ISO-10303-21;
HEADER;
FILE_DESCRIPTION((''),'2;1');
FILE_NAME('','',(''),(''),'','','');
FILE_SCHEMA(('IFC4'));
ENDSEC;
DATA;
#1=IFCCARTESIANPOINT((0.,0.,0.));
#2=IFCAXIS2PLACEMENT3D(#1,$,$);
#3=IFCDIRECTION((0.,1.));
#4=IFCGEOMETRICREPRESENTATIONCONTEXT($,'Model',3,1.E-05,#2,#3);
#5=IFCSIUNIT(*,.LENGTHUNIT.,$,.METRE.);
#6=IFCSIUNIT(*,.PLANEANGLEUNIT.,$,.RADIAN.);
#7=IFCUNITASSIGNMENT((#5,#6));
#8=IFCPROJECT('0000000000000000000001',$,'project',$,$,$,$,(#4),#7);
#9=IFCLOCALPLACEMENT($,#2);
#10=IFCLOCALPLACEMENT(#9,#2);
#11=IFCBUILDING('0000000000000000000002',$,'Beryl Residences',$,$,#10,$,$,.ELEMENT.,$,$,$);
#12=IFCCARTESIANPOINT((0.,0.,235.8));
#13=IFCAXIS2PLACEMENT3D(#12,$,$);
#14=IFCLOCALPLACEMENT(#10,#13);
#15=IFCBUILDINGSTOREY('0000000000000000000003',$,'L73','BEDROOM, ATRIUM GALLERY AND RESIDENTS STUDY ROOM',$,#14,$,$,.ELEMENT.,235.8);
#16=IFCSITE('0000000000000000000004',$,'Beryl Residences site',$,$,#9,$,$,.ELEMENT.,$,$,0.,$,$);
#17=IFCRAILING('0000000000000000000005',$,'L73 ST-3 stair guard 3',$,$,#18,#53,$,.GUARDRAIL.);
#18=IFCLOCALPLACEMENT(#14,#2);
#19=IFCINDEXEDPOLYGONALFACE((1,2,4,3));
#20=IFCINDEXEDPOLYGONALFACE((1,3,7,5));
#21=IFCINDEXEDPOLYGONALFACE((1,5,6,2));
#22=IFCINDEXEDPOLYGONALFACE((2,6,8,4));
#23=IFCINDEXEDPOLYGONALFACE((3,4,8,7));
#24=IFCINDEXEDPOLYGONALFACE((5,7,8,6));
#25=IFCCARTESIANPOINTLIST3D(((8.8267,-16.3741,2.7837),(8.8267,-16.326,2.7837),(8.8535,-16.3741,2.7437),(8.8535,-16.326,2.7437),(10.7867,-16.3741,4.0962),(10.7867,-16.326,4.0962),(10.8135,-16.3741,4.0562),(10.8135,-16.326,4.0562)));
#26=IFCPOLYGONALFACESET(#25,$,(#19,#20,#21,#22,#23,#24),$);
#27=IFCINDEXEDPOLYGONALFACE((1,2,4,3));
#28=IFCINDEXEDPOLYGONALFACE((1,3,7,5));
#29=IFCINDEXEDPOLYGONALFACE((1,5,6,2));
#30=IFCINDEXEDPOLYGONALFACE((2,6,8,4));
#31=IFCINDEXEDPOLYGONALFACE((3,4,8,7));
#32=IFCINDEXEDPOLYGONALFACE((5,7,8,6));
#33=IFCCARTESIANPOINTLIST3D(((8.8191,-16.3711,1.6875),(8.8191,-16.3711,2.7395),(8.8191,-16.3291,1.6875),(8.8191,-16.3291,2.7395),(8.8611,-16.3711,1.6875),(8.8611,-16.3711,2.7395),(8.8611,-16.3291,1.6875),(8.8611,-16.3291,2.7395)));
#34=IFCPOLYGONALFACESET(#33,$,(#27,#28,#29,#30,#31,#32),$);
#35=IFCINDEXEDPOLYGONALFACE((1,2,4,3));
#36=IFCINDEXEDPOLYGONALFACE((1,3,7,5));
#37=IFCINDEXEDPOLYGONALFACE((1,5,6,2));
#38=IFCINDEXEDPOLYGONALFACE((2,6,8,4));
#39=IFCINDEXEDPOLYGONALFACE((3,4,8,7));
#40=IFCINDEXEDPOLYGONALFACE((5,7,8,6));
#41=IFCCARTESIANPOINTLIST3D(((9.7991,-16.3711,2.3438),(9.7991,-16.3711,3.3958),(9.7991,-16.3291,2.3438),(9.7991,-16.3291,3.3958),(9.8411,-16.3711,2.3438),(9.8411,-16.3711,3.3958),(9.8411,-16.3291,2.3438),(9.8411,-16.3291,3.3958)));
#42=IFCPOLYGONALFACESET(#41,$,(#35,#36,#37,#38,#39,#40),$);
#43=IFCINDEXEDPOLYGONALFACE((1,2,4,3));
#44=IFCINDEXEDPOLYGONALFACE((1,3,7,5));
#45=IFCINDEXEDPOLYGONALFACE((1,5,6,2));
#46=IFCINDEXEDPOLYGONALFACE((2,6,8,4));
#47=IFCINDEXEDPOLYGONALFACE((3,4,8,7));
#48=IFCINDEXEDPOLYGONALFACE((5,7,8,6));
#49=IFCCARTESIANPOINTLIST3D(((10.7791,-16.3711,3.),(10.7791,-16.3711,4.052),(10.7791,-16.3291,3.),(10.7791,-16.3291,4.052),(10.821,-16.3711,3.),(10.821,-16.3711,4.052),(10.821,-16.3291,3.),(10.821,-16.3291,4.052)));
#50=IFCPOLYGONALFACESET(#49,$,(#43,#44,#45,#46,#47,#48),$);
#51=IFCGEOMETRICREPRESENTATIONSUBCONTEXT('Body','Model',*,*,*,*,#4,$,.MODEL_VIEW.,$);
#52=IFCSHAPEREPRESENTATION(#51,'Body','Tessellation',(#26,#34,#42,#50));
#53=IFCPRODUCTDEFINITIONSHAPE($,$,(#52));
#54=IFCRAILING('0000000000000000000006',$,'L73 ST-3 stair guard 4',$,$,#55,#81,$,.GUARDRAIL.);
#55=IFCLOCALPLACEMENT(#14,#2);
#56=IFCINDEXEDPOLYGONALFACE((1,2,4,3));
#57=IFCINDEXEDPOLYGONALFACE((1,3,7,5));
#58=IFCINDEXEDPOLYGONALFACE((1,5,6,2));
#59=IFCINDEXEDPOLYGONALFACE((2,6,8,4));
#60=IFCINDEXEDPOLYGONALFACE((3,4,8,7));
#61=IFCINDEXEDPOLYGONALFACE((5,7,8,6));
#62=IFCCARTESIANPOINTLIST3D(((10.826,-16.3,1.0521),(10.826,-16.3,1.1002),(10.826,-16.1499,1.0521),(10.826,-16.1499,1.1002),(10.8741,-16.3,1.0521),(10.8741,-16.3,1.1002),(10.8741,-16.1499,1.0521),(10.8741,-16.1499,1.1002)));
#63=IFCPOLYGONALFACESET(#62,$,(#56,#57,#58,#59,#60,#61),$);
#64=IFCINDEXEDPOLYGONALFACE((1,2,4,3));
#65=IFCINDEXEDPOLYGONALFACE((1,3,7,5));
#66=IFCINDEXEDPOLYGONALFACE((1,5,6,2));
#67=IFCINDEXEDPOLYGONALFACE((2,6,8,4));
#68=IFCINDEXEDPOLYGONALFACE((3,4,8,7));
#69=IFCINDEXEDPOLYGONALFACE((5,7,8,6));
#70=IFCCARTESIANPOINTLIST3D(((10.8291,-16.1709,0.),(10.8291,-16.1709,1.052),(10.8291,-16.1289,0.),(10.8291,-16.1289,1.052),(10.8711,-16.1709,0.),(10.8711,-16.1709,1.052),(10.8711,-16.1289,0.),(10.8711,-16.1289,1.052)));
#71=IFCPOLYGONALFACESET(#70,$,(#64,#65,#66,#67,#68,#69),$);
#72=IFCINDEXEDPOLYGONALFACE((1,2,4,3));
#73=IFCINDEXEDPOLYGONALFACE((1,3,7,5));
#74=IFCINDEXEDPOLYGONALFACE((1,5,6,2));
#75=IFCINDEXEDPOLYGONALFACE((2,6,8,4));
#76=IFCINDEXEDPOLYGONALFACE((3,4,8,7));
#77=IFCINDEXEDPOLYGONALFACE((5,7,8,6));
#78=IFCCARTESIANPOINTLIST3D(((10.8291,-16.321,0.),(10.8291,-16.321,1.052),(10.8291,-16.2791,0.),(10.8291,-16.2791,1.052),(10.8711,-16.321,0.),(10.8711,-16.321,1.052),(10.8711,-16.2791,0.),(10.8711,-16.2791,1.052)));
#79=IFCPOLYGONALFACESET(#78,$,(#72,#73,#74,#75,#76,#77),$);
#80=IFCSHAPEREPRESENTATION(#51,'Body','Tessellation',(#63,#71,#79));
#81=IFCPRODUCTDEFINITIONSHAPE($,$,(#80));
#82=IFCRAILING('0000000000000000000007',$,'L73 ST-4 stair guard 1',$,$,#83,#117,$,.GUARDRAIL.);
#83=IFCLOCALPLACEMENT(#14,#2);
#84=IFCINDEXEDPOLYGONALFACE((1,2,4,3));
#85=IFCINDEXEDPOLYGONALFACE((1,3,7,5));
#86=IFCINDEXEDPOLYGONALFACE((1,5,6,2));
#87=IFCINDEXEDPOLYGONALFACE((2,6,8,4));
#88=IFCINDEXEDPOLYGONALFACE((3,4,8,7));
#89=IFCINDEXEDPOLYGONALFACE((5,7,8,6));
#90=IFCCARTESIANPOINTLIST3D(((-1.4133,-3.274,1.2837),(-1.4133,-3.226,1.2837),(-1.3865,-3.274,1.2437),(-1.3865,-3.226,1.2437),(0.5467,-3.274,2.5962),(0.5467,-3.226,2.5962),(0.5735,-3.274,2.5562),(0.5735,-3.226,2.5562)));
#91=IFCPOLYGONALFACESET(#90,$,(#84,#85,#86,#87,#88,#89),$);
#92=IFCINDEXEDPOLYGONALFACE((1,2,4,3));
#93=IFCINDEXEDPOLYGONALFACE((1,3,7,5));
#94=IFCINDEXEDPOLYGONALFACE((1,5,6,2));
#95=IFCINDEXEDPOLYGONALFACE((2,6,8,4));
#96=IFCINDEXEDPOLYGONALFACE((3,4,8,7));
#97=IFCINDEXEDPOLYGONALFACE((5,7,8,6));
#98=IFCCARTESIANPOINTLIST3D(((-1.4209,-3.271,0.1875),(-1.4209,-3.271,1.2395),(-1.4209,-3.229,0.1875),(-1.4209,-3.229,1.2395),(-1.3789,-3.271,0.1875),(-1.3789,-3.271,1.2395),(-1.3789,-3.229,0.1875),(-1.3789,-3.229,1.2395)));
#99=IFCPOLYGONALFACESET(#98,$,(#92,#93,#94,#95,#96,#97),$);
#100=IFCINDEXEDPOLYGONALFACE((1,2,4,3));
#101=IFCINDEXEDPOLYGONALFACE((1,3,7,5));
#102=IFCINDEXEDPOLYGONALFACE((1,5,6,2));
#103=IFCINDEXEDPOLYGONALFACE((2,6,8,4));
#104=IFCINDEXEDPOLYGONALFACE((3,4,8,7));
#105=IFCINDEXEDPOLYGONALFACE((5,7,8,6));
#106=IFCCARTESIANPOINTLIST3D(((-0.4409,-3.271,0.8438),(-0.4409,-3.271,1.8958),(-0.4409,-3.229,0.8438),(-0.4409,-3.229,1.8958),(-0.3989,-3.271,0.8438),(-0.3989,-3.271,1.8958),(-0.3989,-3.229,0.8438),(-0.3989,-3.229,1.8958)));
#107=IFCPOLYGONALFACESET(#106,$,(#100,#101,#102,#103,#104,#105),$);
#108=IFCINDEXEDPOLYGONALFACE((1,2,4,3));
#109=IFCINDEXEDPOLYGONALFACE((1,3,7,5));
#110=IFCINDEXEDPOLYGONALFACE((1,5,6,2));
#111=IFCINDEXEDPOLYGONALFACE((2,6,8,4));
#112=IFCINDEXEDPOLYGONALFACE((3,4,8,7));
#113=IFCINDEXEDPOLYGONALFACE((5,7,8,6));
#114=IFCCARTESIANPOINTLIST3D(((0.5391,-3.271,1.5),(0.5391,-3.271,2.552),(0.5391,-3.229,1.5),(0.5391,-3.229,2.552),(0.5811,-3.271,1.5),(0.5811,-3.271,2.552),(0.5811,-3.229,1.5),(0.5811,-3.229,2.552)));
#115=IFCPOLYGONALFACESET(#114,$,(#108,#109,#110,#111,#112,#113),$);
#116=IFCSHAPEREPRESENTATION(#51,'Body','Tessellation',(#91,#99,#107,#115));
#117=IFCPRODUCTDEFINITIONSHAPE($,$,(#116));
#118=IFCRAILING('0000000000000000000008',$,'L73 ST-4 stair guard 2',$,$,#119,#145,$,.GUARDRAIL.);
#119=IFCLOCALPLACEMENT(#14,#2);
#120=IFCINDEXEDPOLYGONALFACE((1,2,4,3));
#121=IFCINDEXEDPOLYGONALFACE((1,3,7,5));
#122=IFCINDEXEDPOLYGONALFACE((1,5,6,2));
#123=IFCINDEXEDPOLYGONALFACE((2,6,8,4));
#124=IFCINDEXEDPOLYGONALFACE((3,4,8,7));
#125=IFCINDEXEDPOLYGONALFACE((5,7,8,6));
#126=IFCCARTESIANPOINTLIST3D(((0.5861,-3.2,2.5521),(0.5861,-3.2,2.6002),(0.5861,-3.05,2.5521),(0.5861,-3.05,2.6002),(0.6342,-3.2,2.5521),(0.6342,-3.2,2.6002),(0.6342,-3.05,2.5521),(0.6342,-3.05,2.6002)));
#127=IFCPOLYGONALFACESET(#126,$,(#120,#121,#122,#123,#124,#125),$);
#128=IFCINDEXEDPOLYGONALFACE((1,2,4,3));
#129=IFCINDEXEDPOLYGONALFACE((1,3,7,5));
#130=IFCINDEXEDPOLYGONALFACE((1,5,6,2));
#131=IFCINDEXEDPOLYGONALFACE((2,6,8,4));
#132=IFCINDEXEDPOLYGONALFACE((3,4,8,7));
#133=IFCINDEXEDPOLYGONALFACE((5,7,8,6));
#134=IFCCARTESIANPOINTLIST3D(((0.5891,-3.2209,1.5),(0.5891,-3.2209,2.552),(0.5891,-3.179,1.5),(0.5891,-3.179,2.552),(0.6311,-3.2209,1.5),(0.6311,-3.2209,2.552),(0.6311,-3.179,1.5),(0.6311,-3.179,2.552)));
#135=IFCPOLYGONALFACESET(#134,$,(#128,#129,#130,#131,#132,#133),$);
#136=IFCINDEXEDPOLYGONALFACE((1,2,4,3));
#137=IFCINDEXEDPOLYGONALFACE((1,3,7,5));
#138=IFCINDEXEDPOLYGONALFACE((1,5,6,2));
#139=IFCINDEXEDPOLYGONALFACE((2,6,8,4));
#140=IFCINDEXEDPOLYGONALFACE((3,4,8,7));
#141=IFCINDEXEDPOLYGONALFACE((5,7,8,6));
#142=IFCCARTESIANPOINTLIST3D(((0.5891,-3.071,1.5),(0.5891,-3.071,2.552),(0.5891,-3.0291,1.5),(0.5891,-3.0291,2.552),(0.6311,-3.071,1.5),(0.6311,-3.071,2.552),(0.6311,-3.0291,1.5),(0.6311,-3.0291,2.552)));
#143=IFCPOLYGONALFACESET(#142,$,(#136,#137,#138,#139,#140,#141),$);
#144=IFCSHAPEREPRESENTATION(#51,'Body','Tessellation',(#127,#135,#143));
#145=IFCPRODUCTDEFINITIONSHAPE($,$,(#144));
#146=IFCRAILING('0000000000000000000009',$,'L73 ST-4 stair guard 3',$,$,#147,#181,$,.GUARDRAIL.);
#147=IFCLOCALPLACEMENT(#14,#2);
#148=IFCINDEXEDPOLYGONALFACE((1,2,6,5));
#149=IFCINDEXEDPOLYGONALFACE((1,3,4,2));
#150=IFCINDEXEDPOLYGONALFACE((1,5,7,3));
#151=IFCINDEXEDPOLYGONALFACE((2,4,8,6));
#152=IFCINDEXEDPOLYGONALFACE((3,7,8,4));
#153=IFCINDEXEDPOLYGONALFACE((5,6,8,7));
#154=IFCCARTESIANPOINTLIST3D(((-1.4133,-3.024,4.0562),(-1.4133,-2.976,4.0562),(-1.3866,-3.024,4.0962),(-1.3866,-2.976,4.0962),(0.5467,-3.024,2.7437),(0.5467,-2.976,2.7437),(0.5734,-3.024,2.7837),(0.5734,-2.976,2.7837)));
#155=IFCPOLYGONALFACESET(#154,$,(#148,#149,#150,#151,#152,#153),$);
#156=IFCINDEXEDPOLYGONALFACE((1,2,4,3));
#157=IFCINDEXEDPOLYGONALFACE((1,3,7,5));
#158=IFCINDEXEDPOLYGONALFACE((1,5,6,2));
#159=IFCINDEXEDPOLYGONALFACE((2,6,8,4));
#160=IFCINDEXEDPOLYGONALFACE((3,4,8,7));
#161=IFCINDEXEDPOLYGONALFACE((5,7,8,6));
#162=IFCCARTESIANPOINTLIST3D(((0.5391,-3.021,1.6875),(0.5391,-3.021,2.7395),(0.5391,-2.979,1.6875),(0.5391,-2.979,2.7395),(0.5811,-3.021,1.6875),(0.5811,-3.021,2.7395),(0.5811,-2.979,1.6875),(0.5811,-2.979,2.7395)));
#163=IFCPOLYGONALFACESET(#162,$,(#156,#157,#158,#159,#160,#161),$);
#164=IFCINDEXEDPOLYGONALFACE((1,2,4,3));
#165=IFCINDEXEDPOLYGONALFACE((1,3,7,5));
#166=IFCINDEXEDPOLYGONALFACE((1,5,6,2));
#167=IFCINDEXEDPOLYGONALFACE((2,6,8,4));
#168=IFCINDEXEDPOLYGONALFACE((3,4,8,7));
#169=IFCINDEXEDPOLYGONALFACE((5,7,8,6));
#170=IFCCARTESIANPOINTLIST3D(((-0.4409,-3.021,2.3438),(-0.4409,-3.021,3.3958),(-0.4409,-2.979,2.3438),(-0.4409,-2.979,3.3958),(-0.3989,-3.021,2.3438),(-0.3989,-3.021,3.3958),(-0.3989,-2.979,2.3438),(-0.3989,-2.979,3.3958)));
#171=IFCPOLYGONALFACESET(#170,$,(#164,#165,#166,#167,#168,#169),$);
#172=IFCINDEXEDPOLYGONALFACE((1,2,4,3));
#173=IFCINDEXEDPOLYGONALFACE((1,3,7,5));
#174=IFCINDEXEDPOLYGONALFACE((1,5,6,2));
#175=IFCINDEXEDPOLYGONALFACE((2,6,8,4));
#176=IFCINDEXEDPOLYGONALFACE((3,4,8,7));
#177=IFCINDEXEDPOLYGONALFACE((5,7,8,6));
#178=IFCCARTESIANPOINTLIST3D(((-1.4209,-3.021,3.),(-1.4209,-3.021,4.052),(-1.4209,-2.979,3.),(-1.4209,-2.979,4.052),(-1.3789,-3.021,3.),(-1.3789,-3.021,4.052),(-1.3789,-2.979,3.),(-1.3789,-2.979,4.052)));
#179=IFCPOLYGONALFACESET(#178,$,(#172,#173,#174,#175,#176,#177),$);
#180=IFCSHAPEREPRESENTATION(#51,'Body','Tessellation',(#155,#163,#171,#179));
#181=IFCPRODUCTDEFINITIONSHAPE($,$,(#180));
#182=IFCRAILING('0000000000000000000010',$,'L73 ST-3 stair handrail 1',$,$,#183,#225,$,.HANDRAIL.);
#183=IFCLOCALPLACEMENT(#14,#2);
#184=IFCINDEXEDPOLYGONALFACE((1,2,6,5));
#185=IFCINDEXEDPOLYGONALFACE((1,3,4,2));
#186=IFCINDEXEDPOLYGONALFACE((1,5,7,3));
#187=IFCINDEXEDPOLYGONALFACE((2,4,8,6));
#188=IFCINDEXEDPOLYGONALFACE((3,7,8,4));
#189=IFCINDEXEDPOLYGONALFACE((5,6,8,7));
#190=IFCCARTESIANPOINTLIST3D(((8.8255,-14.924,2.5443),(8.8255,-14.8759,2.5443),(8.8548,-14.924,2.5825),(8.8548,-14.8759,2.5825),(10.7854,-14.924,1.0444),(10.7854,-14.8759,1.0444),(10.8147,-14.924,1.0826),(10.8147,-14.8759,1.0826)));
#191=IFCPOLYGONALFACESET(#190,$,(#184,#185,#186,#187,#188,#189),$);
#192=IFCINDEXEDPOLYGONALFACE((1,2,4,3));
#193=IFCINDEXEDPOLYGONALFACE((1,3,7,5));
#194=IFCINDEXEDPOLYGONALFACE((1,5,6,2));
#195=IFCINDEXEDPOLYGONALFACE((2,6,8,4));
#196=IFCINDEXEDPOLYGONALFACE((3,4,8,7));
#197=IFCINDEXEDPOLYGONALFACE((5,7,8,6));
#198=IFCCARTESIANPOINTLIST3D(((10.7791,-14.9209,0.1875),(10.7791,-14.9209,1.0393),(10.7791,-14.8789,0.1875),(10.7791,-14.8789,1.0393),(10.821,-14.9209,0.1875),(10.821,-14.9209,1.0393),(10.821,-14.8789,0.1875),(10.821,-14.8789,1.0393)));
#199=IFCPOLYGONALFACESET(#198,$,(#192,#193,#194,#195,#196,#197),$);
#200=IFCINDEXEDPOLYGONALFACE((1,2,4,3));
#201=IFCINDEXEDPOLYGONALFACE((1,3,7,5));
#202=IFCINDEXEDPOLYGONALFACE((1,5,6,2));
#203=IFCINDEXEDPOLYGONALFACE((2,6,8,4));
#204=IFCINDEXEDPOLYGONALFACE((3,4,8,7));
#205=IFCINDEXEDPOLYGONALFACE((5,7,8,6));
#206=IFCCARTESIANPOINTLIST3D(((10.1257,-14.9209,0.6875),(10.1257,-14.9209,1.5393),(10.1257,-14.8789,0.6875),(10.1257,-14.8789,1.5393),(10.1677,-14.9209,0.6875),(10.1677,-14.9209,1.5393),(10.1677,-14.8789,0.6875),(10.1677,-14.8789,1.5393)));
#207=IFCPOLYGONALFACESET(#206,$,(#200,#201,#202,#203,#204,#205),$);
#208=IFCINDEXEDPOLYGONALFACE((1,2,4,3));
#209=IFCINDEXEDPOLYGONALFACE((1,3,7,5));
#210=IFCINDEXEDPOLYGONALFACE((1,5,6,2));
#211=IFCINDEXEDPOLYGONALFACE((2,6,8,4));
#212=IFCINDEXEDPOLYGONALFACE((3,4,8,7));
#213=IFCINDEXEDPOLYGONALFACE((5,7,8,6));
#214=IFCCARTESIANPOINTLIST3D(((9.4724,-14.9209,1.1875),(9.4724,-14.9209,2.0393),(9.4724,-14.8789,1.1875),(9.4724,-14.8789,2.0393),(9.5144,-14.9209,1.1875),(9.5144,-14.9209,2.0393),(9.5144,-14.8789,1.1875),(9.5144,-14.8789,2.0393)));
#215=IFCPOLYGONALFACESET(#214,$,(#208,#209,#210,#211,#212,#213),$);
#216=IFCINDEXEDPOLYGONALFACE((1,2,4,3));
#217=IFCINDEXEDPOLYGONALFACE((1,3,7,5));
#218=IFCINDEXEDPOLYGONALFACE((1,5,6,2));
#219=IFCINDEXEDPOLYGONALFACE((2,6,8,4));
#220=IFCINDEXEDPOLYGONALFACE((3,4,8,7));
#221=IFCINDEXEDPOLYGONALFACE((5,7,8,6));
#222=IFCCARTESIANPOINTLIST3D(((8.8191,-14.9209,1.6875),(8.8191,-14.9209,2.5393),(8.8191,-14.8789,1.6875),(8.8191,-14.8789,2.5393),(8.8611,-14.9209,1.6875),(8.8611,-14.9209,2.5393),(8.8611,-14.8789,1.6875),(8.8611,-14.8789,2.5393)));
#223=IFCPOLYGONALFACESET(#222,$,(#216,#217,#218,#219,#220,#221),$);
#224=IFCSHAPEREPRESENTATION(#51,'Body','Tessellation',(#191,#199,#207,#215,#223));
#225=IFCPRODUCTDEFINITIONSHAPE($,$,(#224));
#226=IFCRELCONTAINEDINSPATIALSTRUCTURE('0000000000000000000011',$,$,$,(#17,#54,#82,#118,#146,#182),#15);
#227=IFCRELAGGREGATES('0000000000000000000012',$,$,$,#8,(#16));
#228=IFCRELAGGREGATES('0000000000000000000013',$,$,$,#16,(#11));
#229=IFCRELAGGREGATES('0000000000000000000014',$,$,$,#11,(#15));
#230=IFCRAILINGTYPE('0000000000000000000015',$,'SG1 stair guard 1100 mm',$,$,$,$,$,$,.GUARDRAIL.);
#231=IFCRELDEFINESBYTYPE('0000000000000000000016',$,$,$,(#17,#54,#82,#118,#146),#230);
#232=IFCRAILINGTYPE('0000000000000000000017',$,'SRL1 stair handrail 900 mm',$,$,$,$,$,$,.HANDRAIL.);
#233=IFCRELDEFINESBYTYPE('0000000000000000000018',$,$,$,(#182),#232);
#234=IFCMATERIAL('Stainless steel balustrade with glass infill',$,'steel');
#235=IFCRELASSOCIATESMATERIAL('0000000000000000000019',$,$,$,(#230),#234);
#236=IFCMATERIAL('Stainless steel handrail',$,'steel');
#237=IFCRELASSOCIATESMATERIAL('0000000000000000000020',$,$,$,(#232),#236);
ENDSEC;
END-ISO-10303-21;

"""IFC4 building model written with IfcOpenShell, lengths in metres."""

from ifc_helpers import new_model, si_unit, direction, frame, origin, origin_2d, place, context, subcontext, project, spatial, rectangle, extrude, material, type_object, element, save


model = new_model("IFC4")

# Units and contexts
model_context = context("Model", 3, precision=1e-05, world=origin(), true_north=direction((0.0, 1.0)))
body_context = subcontext(model_context, "Body", "Model", "MODEL_VIEW")
ifc_project = project(units=[si_unit("LENGTHUNIT", "METRE"), si_unit("PLANEANGLEUNIT", "RADIAN")], contexts=[model_context])

# Site, building, storey
site_placement = place(None, origin())
site = spatial("IfcSite", under=ifc_project, at=site_placement, Name="Beryl Residences site", CompositionType="ELEMENT", RefElevation=0.0)
building_placement = place(site_placement, origin())
building = spatial("IfcBuilding", under=site, at=building_placement, Name="Beryl Residences", CompositionType="ELEMENT")
storey_placement = place(building_placement, frame((0.0, 0.0, 235.8)))
storey = spatial("IfcBuildingStorey", under=building, at=storey_placement, Name="L73", Description="BEDROOM, ATRIUM GALLERY AND RESIDENTS STUDY ROOM", CompositionType="ELEMENT", Elevation=235.8)

# Railings
ifc_material_1 = material(Name="Stainless steel balustrade with glass infill", Category="steel")
railing_type_1 = type_object("IfcRailingType", Name="SG1 stair guard 1100 mm", PredefinedType="GUARDRAIL", material=ifc_material_1)
railing_1_placement = place(storey_placement, frame((8.8401, -16.3501, 1.6875)))
element("IfcRailing", 1, at=railing_1_placement, inside=storey, type_object=railing_type_1, Name="L73 ST-3 stair guard 3", PredefinedType="GUARDRAIL", context=body_context, shape_type="SweptSolid", body=[
    extrude(rectangle(XDim=0.0481, YDim=0.0481, at=origin_2d()), frame((0.0, 0.0, 1.0762), z_axis=(0.830902, 0.0, 0.556419), x_axis=(0.0, 1.0, 0.0)), (0.0, 0.0, 1.0), 2.3589),
    extrude(rectangle(XDim=0.042, YDim=0.042, at=origin_2d()), origin(), (0.0, 0.0, 1.0), 1.052),
    extrude(rectangle(XDim=0.042, YDim=0.042, at=origin_2d()), frame((0.98, 0.0, 0.6562)), (0.0, 0.0, 1.0), 1.052),
    extrude(rectangle(XDim=0.042, YDim=0.042, at=origin_2d()), frame((1.96, 0.0, 1.3125)), (0.0, 0.0, 1.0), 1.052),
])
railing_2_placement = place(storey_placement, frame((10.8501, -16.1499, 0.0)))
element("IfcRailing", 2, at=railing_2_placement, inside=storey, type_object=railing_type_1, Name="L73 ST-3 stair guard 4", PredefinedType="GUARDRAIL", context=body_context, shape_type="SweptSolid", body=[
    extrude(rectangle(XDim=0.0481, YDim=0.0481, at=origin_2d()), frame((0.0, 0.0, 1.0762), z_axis=(0.0, -1.0, 0.0), x_axis=(1.0, 0.0, 0.0)), (0.0, 0.0, 1.0), 0.1501),
    extrude(rectangle(XDim=0.042, YDim=0.042, at=origin_2d()), origin(), (0.0, 0.0, 1.0), 1.052),
    extrude(rectangle(XDim=0.042, YDim=0.042, at=origin_2d()), frame((0.0, -0.1501, 0.0)), (0.0, 0.0, 1.0), 1.052),
])
railing_3_placement = place(storey_placement, frame((-1.3999, -3.25, 0.1875)))
element("IfcRailing", 3, at=railing_3_placement, inside=storey, type_object=railing_type_1, Name="L73 ST-4 stair guard 1", PredefinedType="GUARDRAIL", context=body_context, shape_type="SweptSolid", body=[
    extrude(rectangle(XDim=0.0481, YDim=0.0481, at=origin_2d()), frame((0.0, 0.0, 1.0762), z_axis=(0.830902, 0.0, 0.556419), x_axis=(0.0, 1.0, 0.0)), (0.0, 0.0, 1.0), 2.3589),
    extrude(rectangle(XDim=0.042, YDim=0.042, at=origin_2d()), origin(), (0.0, 0.0, 1.0), 1.052),
    extrude(rectangle(XDim=0.042, YDim=0.042, at=origin_2d()), frame((0.98, 0.0, 0.6562)), (0.0, 0.0, 1.0), 1.052),
    extrude(rectangle(XDim=0.042, YDim=0.042, at=origin_2d()), frame((1.96, 0.0, 1.3125)), (0.0, 0.0, 1.0), 1.052),
])
railing_4_placement = place(storey_placement, frame((0.6101, -3.2, 1.5)))
element("IfcRailing", 4, at=railing_4_placement, inside=storey, type_object=railing_type_1, Name="L73 ST-4 stair guard 2", PredefinedType="GUARDRAIL", context=body_context, shape_type="SweptSolid", body=[
    extrude(rectangle(XDim=0.0481, YDim=0.0481, at=origin_2d()), frame((0.0, 0.0, 1.0762), z_axis=(0.0, 1.0, 0.0), x_axis=(-1.0, 0.0, 0.0)), (0.0, 0.0, 1.0), 0.1499),
    extrude(rectangle(XDim=0.042, YDim=0.042, at=origin_2d()), origin(), (0.0, 0.0, 1.0), 1.052),
    extrude(rectangle(XDim=0.042, YDim=0.042, at=origin_2d()), frame((0.0, 0.1499, 0.0)), (0.0, 0.0, 1.0), 1.052),
])
railing_5_placement = place(storey_placement, frame((0.5601, -3.0, 1.6875)))
element("IfcRailing", 5, at=railing_5_placement, inside=storey, type_object=railing_type_1, Name="L73 ST-4 stair guard 3", PredefinedType="GUARDRAIL", context=body_context, shape_type="SweptSolid", body=[
    extrude(rectangle(XDim=0.0481, YDim=0.0481, at=origin_2d()), frame((0.0, 0.0, 1.0762), z_axis=(-0.830902, 0.0, 0.556419), x_axis=(0.0, -1.0, 0.0)), (0.0, 0.0, 1.0), 2.3589),
    extrude(rectangle(XDim=0.042, YDim=0.042, at=origin_2d()), origin(), (0.0, 0.0, 1.0), 1.052),
    extrude(rectangle(XDim=0.042, YDim=0.042, at=origin_2d()), frame((-0.98, 0.0, 0.6562)), (0.0, 0.0, 1.0), 1.052),
    extrude(rectangle(XDim=0.042, YDim=0.042, at=origin_2d()), frame((-1.96, 0.0, 1.3125)), (0.0, 0.0, 1.0), 1.052),
])
ifc_material_2 = material(Name="Stainless steel handrail", Category="steel")
railing_type_2 = type_object("IfcRailingType", Name="SRL1 stair handrail 900 mm", PredefinedType="HANDRAIL", material=ifc_material_2)
railing_6_placement = place(storey_placement, frame((10.8, -14.8999, 0.1875)))
element("IfcRailing", 6, at=railing_6_placement, inside=storey, type_object=railing_type_2, Name="L73 ST-3 stair handrail 1", PredefinedType="HANDRAIL", context=body_context, shape_type="SweptSolid", body=[
    extrude(rectangle(XDim=0.0481, YDim=0.0481, at=origin_2d()), frame((0.0, 0.0, 0.876), z_axis=(-0.794122, 0.0, 0.607758), x_axis=(0.0, -1.0, 0.0)), (0.0, 0.0, 1.0), 2.468),
    extrude(rectangle(XDim=0.042, YDim=0.042, at=origin_2d()), origin(), (0.0, 0.0, 1.0), 0.8518),
    extrude(rectangle(XDim=0.042, YDim=0.042, at=origin_2d()), frame((-0.6533, 0.0, 0.5)), (0.0, 0.0, 1.0), 0.8518),
    extrude(rectangle(XDim=0.042, YDim=0.042, at=origin_2d()), frame((-1.3066, 0.0, 1.0)), (0.0, 0.0, 1.0), 0.8518),
    extrude(rectangle(XDim=0.042, YDim=0.042, at=origin_2d()), frame((-1.96, 0.0, 1.5)), (0.0, 0.0, 1.0), 0.8518),
])

save(model, "model.ifc")
